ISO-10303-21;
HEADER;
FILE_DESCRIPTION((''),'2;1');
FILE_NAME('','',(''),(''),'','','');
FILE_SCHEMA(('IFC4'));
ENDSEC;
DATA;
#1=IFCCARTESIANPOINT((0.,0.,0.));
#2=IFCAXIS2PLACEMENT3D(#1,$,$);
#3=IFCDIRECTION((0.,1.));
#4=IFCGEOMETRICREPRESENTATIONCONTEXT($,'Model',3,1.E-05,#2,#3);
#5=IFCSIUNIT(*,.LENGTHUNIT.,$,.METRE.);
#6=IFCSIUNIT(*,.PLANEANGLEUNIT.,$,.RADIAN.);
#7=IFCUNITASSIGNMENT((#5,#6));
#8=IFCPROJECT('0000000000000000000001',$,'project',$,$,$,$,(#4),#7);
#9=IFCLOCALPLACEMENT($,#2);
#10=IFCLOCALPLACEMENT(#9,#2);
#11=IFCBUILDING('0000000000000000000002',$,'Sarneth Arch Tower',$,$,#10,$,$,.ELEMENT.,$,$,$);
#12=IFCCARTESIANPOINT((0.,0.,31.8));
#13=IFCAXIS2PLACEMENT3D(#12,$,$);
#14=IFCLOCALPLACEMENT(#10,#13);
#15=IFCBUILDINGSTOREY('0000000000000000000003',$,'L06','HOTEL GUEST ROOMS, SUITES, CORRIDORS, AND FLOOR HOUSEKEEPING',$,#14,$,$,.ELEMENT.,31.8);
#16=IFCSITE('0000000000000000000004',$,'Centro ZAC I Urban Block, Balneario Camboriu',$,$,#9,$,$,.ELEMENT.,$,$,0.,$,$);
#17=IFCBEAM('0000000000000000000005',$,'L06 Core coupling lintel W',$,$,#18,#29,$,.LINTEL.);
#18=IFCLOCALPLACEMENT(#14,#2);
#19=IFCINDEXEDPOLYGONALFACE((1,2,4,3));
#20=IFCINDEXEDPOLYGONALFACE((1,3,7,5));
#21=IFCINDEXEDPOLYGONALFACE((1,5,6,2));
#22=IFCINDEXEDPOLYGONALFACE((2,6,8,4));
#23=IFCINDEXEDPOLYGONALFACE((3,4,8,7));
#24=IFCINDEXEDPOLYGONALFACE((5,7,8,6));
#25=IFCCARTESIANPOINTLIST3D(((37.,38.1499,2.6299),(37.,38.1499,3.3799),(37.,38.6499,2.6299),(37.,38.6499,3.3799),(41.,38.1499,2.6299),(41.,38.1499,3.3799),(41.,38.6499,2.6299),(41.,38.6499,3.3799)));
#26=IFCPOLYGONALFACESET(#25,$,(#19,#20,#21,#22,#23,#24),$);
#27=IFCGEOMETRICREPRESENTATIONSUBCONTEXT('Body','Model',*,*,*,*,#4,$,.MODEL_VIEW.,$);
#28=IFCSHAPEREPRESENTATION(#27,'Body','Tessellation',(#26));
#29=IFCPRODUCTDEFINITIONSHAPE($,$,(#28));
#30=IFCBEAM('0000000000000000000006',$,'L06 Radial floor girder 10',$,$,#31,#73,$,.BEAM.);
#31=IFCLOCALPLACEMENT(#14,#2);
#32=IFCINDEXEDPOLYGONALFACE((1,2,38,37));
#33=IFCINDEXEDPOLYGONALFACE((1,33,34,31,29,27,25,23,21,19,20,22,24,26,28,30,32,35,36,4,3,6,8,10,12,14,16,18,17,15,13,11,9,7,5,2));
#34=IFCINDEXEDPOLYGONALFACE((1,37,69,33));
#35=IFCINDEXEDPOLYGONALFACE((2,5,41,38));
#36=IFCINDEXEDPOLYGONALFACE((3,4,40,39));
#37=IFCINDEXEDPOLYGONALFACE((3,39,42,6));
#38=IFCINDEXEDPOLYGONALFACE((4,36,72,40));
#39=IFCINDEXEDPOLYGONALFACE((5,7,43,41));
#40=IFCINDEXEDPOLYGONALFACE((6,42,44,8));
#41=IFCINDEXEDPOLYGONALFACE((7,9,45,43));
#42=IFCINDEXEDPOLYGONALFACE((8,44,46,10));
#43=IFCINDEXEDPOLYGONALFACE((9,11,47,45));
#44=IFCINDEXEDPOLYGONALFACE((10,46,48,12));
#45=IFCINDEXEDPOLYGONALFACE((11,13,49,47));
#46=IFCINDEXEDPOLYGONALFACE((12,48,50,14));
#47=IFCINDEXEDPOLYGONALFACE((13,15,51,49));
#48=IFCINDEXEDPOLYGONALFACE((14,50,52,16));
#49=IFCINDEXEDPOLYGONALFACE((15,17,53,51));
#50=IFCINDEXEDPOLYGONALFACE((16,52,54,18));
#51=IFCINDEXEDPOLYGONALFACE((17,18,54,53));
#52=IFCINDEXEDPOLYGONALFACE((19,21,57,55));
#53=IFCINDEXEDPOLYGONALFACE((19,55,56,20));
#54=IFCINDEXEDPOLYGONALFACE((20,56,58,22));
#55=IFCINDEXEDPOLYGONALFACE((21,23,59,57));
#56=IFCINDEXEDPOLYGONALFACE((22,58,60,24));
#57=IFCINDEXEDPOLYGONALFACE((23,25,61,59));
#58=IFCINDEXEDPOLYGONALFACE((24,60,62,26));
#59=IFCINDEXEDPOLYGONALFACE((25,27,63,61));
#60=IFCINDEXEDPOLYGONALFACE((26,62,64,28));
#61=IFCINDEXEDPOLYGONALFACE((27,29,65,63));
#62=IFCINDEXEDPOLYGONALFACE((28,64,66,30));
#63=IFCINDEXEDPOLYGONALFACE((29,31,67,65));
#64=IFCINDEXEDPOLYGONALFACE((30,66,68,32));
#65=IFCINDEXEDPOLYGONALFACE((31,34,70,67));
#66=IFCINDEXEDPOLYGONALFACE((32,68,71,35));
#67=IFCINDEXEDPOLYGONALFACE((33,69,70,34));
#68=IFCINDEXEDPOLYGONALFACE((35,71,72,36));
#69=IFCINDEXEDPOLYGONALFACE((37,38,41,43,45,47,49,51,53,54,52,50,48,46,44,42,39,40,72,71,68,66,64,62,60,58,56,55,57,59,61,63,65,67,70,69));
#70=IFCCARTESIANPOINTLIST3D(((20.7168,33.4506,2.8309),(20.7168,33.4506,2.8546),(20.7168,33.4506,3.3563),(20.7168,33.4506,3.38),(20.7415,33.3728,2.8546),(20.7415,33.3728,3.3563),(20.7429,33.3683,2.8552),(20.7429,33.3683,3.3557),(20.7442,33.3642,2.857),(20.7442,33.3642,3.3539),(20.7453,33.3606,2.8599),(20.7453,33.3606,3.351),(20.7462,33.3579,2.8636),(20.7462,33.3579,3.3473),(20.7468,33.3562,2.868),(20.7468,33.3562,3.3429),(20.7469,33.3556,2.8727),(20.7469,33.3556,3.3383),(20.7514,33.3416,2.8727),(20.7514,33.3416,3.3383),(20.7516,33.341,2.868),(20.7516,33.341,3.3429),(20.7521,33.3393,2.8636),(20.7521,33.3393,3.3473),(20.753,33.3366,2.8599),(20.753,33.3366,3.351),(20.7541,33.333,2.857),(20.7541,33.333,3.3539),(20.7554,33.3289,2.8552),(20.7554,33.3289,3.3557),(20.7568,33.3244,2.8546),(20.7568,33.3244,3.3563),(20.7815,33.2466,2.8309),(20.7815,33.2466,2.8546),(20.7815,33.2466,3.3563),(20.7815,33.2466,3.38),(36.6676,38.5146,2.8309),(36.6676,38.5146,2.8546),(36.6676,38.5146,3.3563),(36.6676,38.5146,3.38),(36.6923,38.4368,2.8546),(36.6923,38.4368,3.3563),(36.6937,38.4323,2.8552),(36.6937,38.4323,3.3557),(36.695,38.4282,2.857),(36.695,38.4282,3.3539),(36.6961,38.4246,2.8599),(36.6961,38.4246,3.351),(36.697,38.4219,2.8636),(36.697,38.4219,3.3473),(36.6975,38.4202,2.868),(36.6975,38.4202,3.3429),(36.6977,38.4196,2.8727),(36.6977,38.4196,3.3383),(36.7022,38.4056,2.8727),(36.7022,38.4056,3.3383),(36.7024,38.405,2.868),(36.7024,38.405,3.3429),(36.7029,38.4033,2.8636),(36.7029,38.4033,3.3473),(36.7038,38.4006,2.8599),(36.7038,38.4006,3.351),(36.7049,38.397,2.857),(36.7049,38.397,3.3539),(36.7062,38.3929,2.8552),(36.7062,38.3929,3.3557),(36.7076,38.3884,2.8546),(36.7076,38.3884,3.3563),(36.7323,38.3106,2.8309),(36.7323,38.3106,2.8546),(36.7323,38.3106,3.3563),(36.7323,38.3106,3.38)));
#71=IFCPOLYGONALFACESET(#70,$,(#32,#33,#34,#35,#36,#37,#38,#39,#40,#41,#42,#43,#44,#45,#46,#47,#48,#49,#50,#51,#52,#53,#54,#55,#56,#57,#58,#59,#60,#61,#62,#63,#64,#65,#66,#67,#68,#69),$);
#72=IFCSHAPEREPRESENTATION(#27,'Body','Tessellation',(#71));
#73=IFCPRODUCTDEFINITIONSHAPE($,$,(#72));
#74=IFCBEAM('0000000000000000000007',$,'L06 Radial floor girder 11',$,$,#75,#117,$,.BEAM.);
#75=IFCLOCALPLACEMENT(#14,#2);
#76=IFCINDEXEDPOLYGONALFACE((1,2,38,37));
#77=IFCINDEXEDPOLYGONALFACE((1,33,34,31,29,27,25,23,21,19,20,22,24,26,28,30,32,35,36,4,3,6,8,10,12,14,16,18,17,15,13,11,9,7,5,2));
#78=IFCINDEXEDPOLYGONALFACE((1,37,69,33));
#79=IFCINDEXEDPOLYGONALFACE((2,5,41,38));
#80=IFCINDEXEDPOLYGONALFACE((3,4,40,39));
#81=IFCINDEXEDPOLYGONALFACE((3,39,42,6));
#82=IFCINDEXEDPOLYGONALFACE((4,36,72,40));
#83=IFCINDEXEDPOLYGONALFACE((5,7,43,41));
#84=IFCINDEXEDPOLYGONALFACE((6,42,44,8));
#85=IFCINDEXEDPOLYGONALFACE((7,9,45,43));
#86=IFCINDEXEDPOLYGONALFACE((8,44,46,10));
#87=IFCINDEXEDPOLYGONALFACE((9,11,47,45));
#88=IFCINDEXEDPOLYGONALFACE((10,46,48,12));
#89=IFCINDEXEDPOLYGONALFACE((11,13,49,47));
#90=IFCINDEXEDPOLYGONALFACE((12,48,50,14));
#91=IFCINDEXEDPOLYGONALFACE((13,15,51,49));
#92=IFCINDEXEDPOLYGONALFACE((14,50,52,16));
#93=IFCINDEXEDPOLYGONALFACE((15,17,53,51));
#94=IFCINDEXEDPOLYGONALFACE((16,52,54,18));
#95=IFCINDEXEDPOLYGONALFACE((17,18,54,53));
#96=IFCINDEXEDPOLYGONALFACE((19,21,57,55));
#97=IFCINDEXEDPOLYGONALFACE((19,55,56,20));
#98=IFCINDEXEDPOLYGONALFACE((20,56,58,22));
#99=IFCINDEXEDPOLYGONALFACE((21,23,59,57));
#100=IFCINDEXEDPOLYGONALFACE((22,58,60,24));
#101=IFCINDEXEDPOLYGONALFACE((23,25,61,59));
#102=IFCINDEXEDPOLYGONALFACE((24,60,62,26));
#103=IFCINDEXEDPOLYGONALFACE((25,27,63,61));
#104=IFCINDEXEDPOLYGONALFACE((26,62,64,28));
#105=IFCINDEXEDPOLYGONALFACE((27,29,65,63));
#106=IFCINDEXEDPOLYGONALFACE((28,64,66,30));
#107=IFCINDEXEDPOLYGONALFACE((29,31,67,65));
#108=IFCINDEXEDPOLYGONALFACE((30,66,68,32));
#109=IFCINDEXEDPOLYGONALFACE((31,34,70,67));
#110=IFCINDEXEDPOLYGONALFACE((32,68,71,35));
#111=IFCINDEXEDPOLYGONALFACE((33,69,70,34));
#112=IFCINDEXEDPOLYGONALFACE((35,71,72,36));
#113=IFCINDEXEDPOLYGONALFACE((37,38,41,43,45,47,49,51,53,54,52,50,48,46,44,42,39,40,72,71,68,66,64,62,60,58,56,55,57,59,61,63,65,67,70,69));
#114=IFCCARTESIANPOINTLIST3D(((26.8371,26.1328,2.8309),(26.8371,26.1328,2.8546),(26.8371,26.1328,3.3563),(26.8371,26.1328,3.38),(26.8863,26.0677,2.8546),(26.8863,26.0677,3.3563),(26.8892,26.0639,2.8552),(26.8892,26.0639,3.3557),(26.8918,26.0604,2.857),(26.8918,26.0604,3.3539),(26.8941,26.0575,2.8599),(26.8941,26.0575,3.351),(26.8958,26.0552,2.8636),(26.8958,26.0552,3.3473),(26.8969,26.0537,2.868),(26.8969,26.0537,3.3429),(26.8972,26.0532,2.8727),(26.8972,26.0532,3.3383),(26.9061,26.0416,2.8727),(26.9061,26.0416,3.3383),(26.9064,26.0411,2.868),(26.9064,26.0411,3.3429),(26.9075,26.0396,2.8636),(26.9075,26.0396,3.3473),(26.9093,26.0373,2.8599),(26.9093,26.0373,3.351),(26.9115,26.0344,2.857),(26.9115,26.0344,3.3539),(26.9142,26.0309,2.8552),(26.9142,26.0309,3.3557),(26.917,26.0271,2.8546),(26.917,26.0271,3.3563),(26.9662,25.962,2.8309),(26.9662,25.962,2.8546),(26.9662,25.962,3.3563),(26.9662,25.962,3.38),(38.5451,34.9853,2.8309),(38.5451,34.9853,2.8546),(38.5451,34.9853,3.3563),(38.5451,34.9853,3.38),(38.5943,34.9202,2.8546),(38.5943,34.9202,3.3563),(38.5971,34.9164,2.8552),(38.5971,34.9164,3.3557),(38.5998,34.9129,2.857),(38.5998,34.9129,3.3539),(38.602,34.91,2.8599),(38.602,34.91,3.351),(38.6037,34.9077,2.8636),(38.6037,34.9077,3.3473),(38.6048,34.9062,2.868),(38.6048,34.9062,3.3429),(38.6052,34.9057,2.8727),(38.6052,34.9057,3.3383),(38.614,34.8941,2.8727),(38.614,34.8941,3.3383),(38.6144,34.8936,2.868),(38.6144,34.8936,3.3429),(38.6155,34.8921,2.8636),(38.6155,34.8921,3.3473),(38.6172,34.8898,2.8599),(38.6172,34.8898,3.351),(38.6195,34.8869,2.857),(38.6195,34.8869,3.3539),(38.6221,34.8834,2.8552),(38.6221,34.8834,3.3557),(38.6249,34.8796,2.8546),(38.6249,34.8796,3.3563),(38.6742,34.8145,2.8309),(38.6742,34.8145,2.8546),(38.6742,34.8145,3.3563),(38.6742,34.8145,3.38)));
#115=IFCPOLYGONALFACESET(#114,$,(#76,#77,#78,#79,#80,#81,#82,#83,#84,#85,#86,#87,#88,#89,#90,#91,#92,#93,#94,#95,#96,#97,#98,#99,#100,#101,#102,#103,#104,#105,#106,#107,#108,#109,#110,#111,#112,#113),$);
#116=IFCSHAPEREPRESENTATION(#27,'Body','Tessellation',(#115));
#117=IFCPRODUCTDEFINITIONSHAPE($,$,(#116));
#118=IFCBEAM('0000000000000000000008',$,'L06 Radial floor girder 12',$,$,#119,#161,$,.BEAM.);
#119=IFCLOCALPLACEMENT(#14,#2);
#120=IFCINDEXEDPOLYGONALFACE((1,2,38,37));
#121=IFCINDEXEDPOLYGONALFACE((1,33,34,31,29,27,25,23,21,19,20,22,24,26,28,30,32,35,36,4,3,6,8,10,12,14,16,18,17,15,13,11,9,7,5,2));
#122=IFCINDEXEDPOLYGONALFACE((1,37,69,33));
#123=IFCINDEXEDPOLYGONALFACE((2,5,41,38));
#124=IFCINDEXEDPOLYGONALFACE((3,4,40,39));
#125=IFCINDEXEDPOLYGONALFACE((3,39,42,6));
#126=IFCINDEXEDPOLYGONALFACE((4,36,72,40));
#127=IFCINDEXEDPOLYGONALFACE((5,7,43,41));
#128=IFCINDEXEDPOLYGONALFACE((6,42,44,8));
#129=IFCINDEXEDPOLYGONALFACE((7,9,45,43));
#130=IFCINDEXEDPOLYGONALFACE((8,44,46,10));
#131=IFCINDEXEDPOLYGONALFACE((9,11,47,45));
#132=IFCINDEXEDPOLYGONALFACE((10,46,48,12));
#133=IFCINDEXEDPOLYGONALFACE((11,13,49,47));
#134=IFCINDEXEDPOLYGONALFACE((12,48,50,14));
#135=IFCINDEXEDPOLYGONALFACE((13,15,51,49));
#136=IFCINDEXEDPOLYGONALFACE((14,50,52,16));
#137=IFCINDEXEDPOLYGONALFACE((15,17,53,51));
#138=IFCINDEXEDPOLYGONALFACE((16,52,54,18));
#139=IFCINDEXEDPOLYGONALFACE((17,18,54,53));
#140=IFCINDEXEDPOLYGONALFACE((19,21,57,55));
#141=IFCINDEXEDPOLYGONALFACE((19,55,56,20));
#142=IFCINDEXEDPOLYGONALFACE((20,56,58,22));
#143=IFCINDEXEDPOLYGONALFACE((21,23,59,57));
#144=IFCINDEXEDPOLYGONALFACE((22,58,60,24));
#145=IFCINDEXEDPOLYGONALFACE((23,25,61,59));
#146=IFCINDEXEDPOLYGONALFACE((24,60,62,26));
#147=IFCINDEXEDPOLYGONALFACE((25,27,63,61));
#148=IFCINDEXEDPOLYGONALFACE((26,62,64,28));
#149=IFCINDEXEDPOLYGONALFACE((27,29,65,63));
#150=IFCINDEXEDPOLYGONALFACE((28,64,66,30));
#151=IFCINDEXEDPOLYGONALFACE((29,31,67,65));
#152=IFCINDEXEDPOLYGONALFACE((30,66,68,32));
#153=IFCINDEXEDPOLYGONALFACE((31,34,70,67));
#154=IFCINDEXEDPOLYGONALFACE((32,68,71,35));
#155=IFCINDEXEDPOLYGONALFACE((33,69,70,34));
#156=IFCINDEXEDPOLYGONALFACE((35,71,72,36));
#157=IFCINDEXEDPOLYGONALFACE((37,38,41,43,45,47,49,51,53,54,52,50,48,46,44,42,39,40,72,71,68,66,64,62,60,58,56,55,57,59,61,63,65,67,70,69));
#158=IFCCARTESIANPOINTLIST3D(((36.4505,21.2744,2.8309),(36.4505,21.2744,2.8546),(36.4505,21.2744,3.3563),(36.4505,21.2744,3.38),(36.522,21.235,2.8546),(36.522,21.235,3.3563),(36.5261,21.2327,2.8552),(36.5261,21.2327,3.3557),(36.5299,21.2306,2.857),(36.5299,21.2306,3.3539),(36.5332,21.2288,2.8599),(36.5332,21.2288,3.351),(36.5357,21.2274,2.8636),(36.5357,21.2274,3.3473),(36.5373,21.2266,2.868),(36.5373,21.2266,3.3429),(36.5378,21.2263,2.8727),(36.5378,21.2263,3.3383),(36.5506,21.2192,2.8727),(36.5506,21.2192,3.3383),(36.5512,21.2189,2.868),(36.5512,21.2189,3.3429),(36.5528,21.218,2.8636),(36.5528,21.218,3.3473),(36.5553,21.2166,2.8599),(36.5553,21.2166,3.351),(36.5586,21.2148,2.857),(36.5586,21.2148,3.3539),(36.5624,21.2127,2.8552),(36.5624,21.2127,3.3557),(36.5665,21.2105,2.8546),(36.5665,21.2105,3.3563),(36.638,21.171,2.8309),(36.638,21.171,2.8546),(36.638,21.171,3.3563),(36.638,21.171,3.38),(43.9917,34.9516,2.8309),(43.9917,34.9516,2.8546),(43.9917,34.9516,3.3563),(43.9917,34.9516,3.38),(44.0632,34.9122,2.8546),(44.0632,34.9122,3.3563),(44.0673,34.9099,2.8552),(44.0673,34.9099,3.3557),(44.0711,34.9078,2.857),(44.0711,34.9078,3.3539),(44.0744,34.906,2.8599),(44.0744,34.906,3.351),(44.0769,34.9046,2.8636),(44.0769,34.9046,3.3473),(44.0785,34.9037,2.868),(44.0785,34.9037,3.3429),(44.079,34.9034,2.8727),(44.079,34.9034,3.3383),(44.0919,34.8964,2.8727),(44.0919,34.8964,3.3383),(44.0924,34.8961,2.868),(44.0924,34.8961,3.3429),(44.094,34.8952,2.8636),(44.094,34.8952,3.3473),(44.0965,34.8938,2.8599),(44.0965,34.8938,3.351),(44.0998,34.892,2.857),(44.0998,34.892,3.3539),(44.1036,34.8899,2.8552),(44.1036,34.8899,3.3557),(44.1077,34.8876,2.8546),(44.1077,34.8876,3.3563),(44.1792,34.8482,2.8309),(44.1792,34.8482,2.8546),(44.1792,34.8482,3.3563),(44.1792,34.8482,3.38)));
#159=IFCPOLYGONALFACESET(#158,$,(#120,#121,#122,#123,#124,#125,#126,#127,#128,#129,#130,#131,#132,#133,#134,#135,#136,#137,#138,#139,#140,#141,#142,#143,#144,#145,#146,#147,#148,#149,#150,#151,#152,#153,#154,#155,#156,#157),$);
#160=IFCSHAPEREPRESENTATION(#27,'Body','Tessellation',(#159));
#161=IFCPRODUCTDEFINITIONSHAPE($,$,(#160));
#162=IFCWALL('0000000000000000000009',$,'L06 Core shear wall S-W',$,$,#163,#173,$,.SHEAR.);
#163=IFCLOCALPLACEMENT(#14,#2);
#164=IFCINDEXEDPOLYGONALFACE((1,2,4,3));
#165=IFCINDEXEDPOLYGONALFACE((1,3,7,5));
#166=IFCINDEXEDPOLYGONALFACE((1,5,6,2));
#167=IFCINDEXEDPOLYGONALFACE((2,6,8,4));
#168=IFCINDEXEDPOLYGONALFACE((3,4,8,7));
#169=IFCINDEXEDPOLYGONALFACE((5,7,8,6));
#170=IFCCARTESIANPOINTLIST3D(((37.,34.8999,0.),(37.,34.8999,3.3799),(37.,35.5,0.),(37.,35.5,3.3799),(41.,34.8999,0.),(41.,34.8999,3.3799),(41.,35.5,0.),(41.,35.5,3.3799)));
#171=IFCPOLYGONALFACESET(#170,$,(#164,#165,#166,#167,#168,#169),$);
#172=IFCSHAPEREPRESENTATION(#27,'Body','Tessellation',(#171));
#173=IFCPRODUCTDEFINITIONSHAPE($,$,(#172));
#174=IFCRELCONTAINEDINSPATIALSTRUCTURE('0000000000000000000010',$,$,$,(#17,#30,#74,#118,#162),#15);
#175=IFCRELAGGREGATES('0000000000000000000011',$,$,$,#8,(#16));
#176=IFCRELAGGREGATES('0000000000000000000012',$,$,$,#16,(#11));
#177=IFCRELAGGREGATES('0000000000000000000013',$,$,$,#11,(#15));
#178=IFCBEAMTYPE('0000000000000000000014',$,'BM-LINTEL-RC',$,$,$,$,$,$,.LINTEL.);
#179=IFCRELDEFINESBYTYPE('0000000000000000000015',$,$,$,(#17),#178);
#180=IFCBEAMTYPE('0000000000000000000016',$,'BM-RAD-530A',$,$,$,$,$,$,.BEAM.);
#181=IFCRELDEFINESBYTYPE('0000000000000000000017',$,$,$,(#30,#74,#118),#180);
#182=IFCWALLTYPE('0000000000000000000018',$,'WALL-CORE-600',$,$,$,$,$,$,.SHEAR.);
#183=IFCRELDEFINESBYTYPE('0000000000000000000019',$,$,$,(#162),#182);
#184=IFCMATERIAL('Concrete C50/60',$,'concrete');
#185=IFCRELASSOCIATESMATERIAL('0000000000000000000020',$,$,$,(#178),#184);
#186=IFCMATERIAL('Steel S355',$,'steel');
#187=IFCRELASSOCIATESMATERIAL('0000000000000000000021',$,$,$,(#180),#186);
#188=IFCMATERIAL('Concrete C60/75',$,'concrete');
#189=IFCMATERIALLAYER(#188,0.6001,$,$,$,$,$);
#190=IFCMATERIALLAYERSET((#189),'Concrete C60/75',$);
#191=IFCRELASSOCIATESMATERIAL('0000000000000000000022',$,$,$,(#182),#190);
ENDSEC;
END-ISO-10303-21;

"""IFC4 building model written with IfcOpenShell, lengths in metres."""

from ifc_helpers import new_model, si_unit, direction, frame, frame_2d, origin, origin_2d, place, context, subcontext, project, spatial, rectangle, i_section, extrude, material, layer, layer_set, material_profile, profile_set, type_object, element, save


model = new_model("IFC4")

# Units and contexts
model_context = context("Model", 3, precision=1e-05, world=origin(), true_north=direction((0.0, 1.0)))
body_context = subcontext(model_context, "Body", "Model", "MODEL_VIEW")
ifc_project = project(units=[si_unit("LENGTHUNIT", "METRE"), si_unit("PLANEANGLEUNIT", "RADIAN")], contexts=[model_context])

# Site, building, storey
site_placement = place(None, origin())
site = spatial("IfcSite", under=ifc_project, at=site_placement, Name="Centro ZAC I Urban Block, Balneario Camboriu", CompositionType="ELEMENT", RefElevation=0.0)
building_placement = place(site_placement, origin())
building = spatial("IfcBuilding", under=site, at=building_placement, Name="Sarneth Arch Tower", CompositionType="ELEMENT")
storey_placement = place(building_placement, frame((0.0, 0.0, 31.8)))
storey = spatial("IfcBuildingStorey", under=building, at=storey_placement, Name="L06", Description="HOTEL GUEST ROOMS, SUITES, CORRIDORS, AND FLOOR HOUSEKEEPING", CompositionType="ELEMENT", Elevation=31.8)

# Beams
ifc_material_1 = material(Name="Concrete C50/60", Category="concrete")
ifc_material_profile_1 = material_profile(ifc_material_1, rectangle(XDim=0.5, YDim=0.75, at=origin_2d()), Name="RC-500x750")
ifc_profile_set_1 = profile_set([ifc_material_profile_1], Name="Concrete C50/60")
beam_type_1 = type_object("IfcBeamType", Name="BM-LINTEL-RC", PredefinedType="LINTEL", material=ifc_profile_set_1)
beam_1_placement = place(storey_placement, frame((37.0, 38.3999, 3.0049), z_axis=(1.0, 0.0, 0.0), x_axis=(0.0, 1.0, 0.0)))
element("IfcBeam", 1, at=beam_1_placement, inside=storey, type_object=beam_type_1, Name="L06 Core coupling lintel W", PredefinedType="LINTEL", context=body_context, shape_type="SweptSolid", body=[
    extrude(rectangle(XDim=0.5, YDim=0.75, at=origin_2d()), origin(), (0.0, 0.0, 1.0), 4.0),
])
ifc_material_2 = material(Name="Steel S355", Category="steel")
ifc_material_profile_2 = material_profile(ifc_material_2, i_section(OverallWidth=0.2141, OverallDepth=0.5491, WebThickness=0.0146, FlangeThickness=0.0237, FilletRadius=0.0181, at=origin_2d()), Name="W530x138")
ifc_profile_set_2 = profile_set([ifc_material_profile_2], Name="Steel S355")
beam_type_2 = type_object("IfcBeamType", Name="BM-RAD-530A", PredefinedType="BEAM", material=ifc_profile_set_2)
beam_2_placement = place(storey_placement, frame((36.7, 38.4126, 3.1055), z_axis=(-0.95312, -0.302593, 0.0), x_axis=(0.302593, -0.95312, 0.0)))
element("IfcBeam", 2, at=beam_2_placement, inside=storey, type_object=beam_type_2, Name="L06 Radial floor girder 10", PredefinedType="BEAM", context=body_context, shape_type="SweptSolid", body=[
    extrude(i_section(OverallWidth=0.2141, OverallDepth=0.5491, WebThickness=0.0146, FlangeThickness=0.0237, FilletRadius=0.0181, at=origin_2d()), origin(), (0.0, 0.0, 1.0), 16.7354),
])
beam_3_placement = place(storey_placement, frame((38.6096, 34.8999, 3.1055), z_axis=(-0.797655, -0.603114, 0.0), x_axis=(0.603114, -0.797655, 0.0)))
element("IfcBeam", 3, at=beam_3_placement, inside=storey, type_object=beam_type_2, Name="L06 Radial floor girder 11", PredefinedType="BEAM", context=body_context, shape_type="SweptSolid", body=[
    extrude(i_section(OverallWidth=0.2141, OverallDepth=0.5491, WebThickness=0.0146, FlangeThickness=0.0237, FilletRadius=0.0181, at=origin_2d()), origin(), (0.0, 0.0, 1.0), 14.678),
])
beam_4_placement = place(storey_placement, frame((44.0854, 34.8999, 3.1055), z_axis=(-0.482841, -0.875708, 0.0), x_axis=(0.875708, -0.482841, 0.0)))
element("IfcBeam", 4, at=beam_4_placement, inside=storey, type_object=beam_type_2, Name="L06 Radial floor girder 12", PredefinedType="BEAM", context=body_context, shape_type="SweptSolid", body=[
    extrude(i_section(OverallWidth=0.2141, OverallDepth=0.5491, WebThickness=0.0146, FlangeThickness=0.0237, FilletRadius=0.0181, at=origin_2d()), origin(), (0.0, 0.0, 1.0), 15.6184),
])

# Wall
ifc_material_3 = material(Name="Concrete C60/75", Category="concrete")
ifc_layer_1 = layer(ifc_material_3, 0.6001)
ifc_layer_set_1 = layer_set([ifc_layer_1], Name="Concrete C60/75")
wall_type_1 = type_object("IfcWallType", Name="WALL-CORE-600", PredefinedType="SHEAR", material=ifc_layer_set_1)
wall_1_placement = place(storey_placement, frame((37.0, 35.2, 0.0), z_axis=(0.0, 0.0, 1.0), x_axis=(1.0, 0.0, 0.0)))
element("IfcWall", 5, at=wall_1_placement, inside=storey, type_object=wall_type_1, Name="L06 Core shear wall S-W", PredefinedType="SHEAR", context=body_context, shape_type="SweptSolid", body=[
    extrude(rectangle(XDim=4.0, YDim=0.6001, at=frame_2d((2.0, 0.0))), origin(), (0.0, 0.0, 1.0), 3.3799),
])

save(model, "model.ifc")
